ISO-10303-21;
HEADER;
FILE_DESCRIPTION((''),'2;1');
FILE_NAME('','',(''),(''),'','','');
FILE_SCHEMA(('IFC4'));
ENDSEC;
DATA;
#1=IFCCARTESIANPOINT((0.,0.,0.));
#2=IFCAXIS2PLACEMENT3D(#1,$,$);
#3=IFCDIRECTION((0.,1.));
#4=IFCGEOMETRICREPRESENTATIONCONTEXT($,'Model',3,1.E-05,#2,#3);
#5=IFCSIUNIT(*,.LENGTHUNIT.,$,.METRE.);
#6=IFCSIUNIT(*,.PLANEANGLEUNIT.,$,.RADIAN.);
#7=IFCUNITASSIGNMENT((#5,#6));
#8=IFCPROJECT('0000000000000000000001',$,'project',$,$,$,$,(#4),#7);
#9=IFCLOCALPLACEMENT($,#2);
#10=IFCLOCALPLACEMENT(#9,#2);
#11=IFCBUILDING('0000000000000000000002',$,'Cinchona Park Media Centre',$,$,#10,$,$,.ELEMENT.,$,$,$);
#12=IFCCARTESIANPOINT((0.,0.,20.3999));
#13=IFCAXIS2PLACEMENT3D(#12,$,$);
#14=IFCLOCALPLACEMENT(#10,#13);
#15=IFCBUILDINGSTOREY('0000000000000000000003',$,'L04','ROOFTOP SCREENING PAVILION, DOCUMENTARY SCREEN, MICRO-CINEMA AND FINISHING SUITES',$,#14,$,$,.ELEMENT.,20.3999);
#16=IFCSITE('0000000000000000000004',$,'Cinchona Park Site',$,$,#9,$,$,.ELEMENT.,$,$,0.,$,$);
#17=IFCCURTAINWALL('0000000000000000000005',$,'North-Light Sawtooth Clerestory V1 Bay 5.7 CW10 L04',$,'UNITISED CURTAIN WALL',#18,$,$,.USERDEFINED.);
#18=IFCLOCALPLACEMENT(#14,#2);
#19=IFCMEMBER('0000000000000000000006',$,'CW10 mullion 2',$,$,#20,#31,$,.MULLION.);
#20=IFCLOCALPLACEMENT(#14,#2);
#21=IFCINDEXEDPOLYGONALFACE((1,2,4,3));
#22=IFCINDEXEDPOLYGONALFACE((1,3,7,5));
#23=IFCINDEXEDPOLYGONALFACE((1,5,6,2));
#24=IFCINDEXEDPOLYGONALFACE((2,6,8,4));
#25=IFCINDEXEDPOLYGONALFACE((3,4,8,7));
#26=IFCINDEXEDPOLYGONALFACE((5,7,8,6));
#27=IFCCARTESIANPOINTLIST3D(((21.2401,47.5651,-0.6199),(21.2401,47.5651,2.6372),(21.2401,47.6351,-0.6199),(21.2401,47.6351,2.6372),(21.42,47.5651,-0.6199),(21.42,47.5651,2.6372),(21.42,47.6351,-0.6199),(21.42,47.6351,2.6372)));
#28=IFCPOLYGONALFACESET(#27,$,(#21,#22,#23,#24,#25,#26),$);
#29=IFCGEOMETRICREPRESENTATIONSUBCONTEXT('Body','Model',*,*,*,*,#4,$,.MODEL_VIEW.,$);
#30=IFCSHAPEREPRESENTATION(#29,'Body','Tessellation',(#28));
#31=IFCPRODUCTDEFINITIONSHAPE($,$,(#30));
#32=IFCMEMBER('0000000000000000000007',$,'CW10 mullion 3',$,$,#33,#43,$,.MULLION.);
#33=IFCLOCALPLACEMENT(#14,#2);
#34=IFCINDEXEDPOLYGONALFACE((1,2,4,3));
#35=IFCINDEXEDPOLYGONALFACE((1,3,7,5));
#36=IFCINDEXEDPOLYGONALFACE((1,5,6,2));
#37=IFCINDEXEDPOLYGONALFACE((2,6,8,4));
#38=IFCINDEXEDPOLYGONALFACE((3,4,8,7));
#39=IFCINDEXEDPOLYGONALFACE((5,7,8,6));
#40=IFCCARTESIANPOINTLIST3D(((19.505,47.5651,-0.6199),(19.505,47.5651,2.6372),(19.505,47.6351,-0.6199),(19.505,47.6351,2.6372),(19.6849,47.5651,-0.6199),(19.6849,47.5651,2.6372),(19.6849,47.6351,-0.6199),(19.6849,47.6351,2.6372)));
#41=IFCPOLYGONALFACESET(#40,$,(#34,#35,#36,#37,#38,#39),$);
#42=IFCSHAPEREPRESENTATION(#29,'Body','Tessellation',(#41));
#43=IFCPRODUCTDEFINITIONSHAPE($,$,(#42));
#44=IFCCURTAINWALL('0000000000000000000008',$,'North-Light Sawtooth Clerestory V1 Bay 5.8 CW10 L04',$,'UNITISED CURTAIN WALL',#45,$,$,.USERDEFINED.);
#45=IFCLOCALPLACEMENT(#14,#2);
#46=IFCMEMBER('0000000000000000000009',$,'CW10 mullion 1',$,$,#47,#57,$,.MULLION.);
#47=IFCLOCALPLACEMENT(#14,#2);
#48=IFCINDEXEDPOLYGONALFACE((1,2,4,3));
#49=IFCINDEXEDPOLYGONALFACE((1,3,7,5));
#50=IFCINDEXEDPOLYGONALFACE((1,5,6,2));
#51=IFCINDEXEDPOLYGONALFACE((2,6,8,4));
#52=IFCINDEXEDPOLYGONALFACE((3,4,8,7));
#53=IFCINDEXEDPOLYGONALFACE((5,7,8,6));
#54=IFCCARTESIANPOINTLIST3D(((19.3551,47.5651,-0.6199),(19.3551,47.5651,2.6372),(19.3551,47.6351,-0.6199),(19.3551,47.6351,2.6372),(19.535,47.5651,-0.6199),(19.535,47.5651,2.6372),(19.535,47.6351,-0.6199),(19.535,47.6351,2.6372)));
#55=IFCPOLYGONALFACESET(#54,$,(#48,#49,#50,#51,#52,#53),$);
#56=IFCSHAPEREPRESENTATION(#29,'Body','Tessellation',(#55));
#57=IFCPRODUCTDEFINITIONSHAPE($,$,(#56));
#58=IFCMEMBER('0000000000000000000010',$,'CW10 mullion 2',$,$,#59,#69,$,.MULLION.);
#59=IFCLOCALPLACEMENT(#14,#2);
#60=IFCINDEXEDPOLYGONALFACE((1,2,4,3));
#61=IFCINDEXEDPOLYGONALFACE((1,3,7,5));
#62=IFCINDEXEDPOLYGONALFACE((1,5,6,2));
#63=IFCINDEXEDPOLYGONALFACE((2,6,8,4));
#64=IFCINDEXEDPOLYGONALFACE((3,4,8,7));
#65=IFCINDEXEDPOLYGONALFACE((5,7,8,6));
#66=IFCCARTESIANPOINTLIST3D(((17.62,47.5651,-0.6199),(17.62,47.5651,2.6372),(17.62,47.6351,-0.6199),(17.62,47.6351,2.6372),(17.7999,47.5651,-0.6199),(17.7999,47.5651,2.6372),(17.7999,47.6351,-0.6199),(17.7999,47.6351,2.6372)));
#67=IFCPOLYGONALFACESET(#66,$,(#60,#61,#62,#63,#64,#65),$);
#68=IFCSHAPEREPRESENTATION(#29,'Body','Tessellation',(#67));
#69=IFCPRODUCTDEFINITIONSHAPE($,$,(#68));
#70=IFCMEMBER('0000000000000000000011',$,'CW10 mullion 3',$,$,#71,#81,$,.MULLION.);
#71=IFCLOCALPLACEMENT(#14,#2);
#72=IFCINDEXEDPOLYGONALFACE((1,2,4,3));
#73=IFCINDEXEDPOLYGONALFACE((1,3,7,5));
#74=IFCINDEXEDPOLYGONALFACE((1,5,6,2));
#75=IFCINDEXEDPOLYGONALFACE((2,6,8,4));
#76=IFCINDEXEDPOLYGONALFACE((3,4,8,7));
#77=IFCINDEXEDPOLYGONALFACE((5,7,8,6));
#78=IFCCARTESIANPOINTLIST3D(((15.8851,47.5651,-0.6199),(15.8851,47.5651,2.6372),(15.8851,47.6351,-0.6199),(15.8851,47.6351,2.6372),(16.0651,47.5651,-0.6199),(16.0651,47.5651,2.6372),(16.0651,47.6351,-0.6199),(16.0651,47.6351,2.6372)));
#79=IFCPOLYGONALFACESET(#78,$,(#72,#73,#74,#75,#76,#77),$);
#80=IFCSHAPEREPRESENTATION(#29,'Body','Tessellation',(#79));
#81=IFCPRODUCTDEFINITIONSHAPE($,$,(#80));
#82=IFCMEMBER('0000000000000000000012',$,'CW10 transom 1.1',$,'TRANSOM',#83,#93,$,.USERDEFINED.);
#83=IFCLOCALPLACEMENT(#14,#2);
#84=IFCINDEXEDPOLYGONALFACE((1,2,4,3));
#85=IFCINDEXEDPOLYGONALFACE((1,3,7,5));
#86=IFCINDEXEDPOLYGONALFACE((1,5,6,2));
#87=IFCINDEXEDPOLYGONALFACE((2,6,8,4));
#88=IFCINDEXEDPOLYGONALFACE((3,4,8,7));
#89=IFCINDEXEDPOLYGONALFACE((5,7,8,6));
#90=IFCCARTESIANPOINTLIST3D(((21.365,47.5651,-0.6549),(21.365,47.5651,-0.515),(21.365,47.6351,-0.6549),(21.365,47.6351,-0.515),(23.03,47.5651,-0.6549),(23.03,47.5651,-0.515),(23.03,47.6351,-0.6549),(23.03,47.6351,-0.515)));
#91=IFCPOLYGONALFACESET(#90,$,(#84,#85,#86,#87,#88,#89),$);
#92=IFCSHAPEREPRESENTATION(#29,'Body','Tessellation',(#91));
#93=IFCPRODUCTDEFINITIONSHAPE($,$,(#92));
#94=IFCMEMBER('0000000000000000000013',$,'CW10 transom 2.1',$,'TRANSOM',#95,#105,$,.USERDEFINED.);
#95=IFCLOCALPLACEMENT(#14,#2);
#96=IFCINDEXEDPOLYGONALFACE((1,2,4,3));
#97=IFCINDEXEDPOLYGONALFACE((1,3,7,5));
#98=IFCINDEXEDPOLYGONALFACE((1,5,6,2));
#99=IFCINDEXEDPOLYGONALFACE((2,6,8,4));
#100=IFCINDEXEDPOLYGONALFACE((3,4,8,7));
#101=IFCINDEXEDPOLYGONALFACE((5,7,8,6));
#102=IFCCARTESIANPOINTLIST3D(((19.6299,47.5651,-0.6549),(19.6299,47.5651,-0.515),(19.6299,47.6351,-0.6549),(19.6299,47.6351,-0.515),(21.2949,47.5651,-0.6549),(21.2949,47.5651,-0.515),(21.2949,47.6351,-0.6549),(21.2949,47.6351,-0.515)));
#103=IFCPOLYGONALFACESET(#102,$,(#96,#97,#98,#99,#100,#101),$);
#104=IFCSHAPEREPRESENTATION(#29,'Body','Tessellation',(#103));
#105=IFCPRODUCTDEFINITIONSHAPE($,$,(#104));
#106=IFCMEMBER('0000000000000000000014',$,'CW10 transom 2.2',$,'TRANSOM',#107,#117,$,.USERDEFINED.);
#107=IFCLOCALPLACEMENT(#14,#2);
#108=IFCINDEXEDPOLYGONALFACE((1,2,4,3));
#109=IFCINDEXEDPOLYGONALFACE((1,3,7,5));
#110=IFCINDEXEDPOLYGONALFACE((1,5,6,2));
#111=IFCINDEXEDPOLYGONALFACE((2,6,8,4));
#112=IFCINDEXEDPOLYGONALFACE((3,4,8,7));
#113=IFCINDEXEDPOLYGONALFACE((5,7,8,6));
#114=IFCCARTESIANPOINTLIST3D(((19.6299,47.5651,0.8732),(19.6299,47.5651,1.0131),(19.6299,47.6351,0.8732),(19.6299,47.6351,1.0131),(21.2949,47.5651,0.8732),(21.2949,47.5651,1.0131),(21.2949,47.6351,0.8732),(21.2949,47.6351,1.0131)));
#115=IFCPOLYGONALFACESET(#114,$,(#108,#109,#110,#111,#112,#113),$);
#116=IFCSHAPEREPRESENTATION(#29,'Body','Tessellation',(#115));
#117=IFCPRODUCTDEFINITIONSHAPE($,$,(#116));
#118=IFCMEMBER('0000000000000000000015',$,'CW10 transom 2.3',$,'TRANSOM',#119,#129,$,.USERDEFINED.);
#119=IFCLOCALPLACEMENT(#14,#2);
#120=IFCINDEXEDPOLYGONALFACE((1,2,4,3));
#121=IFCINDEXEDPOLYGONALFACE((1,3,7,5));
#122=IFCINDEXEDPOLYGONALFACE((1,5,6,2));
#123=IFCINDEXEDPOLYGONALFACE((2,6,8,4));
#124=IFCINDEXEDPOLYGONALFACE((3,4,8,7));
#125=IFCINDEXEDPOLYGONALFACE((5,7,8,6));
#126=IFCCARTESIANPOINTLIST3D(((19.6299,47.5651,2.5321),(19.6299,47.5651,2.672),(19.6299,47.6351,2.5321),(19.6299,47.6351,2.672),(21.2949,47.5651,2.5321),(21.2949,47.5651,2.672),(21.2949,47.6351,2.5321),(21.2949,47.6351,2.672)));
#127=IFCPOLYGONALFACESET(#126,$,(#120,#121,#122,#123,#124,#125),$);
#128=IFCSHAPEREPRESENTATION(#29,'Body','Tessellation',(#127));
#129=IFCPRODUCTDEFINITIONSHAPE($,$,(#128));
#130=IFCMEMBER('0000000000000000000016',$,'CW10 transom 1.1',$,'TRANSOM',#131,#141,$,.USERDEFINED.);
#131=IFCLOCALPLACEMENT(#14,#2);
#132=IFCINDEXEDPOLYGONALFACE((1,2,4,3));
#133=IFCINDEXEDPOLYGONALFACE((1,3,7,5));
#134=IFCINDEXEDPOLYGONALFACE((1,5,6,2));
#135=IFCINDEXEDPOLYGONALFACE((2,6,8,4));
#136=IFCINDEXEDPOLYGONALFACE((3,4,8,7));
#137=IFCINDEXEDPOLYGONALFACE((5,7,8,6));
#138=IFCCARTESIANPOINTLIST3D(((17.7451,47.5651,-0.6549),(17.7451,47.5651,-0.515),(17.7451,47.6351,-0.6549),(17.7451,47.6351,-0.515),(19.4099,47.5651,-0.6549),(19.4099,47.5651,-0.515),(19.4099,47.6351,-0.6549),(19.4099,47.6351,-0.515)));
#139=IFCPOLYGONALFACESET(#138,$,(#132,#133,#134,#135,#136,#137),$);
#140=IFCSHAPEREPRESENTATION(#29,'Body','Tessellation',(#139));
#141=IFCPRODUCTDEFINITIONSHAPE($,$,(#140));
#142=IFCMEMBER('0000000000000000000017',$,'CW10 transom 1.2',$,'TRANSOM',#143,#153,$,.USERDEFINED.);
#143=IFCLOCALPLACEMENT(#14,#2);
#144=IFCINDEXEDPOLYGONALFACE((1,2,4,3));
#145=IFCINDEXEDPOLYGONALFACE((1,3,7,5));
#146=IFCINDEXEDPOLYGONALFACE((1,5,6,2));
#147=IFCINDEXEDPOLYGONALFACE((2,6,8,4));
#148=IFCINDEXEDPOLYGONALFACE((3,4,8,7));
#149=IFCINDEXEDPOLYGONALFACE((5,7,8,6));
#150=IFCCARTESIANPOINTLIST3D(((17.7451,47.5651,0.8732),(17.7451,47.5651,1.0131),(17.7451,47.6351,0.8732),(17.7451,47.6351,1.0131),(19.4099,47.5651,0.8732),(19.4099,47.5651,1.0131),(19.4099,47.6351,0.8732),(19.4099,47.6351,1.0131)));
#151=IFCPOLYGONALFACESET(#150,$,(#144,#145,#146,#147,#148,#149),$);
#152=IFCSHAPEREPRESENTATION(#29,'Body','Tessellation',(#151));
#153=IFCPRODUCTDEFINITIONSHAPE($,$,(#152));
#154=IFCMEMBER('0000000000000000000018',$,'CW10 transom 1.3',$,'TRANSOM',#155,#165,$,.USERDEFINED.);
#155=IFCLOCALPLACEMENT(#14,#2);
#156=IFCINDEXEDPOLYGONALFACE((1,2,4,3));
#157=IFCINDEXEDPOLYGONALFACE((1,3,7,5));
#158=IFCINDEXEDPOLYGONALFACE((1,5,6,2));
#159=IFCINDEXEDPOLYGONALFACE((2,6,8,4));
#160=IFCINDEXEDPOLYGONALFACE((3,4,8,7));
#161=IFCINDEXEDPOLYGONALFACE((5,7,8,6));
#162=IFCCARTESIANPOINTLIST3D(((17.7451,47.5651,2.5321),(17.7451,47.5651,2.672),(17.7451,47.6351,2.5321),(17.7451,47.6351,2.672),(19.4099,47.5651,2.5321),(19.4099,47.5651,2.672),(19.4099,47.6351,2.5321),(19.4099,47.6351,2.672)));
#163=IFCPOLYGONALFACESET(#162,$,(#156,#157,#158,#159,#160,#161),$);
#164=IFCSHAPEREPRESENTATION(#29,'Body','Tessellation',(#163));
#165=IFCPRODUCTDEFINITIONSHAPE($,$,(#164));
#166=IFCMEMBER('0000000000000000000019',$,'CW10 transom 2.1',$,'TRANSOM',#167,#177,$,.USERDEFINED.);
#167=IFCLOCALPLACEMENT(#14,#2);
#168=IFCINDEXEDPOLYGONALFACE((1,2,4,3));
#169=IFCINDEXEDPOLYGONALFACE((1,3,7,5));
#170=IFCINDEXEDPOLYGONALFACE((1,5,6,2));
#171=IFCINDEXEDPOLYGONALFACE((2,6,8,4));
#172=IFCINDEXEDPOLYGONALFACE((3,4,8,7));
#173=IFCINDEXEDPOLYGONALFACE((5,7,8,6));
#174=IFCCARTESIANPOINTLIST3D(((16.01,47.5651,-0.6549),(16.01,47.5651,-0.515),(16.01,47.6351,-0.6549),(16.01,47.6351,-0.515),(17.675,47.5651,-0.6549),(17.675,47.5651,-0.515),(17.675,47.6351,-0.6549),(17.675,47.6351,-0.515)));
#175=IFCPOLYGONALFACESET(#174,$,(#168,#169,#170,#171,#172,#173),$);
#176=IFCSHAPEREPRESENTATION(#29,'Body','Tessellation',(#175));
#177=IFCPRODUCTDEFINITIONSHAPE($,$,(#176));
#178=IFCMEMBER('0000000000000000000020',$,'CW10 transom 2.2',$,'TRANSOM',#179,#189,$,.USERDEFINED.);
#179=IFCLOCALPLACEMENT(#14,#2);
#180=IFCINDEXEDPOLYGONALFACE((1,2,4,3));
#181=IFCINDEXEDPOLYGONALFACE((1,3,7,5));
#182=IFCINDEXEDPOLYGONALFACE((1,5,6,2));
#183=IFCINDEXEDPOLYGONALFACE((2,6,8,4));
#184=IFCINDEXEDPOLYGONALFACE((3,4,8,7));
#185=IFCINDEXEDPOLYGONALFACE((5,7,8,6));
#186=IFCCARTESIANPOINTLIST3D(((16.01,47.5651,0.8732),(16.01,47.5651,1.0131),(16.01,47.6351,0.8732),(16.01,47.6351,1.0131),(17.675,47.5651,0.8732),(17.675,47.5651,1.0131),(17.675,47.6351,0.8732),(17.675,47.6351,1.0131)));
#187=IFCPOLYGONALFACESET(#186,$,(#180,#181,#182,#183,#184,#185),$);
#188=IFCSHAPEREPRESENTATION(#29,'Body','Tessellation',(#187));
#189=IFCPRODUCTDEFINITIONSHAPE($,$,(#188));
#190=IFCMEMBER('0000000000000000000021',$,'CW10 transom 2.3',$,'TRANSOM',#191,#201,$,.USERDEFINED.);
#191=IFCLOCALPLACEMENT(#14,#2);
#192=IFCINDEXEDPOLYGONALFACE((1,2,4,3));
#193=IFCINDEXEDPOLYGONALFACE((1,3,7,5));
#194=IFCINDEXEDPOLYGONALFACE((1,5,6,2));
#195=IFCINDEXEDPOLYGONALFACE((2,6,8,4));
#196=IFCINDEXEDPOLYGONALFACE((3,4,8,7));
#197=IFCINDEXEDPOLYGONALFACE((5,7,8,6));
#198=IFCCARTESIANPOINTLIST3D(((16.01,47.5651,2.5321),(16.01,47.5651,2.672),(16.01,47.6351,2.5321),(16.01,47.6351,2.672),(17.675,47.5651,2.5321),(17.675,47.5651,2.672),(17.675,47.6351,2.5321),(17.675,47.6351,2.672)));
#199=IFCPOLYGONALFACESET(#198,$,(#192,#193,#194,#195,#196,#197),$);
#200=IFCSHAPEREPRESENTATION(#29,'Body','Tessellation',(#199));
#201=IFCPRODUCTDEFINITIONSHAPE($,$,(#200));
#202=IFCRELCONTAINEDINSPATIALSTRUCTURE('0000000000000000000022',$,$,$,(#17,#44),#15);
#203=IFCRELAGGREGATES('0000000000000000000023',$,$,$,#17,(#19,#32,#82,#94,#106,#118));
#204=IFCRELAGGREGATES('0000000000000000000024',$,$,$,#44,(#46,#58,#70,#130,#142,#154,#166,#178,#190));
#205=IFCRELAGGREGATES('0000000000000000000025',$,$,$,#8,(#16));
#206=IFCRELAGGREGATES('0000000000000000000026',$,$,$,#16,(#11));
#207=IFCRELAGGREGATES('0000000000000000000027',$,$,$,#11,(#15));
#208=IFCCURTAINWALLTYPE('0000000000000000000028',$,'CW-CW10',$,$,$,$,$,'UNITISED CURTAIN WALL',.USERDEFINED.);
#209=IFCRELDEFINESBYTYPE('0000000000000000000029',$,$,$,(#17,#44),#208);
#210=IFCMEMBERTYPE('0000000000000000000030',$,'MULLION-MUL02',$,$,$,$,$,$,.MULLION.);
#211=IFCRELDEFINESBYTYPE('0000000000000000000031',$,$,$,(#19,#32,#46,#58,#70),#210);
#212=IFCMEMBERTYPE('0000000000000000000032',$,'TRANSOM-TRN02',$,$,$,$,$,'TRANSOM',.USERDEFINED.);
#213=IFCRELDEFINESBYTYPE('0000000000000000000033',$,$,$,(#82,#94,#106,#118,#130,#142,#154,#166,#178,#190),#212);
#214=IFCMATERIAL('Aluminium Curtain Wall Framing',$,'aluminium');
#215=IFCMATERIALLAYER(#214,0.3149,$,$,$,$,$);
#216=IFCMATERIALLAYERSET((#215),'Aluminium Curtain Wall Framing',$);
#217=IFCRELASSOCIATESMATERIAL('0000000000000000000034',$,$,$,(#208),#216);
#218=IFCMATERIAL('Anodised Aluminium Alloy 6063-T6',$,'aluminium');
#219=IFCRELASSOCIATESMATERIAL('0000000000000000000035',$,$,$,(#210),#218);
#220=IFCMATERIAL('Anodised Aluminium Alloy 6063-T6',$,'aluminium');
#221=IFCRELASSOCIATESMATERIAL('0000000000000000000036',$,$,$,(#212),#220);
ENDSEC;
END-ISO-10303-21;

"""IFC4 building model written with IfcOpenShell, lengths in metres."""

from ifc_helpers import new_model, si_unit, direction, frame, origin, origin_2d, place, context, subcontext, project, spatial, rectangle, extrude, material, layer, layer_set, material_profile, profile_set, type_object, element, aggregate, save


model = new_model("IFC4")

# Units and contexts
model_context = context("Model", 3, precision=1e-05, world=origin(), true_north=direction((0.0, 1.0)))
body_context = subcontext(model_context, "Body", "Model", "MODEL_VIEW")
ifc_project = project(units=[si_unit("LENGTHUNIT", "METRE"), si_unit("PLANEANGLEUNIT", "RADIAN")], contexts=[model_context])

# Site, building, storey
site_placement = place(None, origin())
site = spatial("IfcSite", under=ifc_project, at=site_placement, Name="Cinchona Park Site", CompositionType="ELEMENT", RefElevation=0.0)
building_placement = place(site_placement, origin())
building = spatial("IfcBuilding", under=site, at=building_placement, Name="Cinchona Park Media Centre", CompositionType="ELEMENT")
storey_placement = place(building_placement, frame((0.0, 0.0, 20.3999)))
storey = spatial("IfcBuildingStorey", under=building, at=storey_placement, Name="L04", Description="ROOFTOP SCREENING PAVILION, DOCUMENTARY SCREEN, MICRO-CINEMA AND FINISHING SUITES", CompositionType="ELEMENT", Elevation=20.3999)

# Curtain walls, members
ifc_material_1 = material(Name="Aluminium Curtain Wall Framing", Category="aluminium")
ifc_layer_1 = layer(ifc_material_1, 0.3149)
ifc_layer_set_1 = layer_set([ifc_layer_1], Name="Aluminium Curtain Wall Framing")
curtain_wall_type = type_object("IfcCurtainWallType", Name="CW-CW10", ElementType="UNITISED CURTAIN WALL", PredefinedType="USERDEFINED", material=ifc_layer_set_1)
curtain_wall_1_placement = place(storey_placement, origin())
curtain_wall_1 = element("IfcCurtainWall", 1, at=curtain_wall_1_placement, inside=storey, type_object=curtain_wall_type, Name="North-Light Sawtooth Clerestory V1 Bay 5.7 CW10 L04", ObjectType="UNITISED CURTAIN WALL", PredefinedType="USERDEFINED")
ifc_material_2 = material(Name="Anodised Aluminium Alloy 6063-T6", Category="aluminium")
ifc_material_profile_1 = material_profile(ifc_material_2, rectangle(XDim=0.0701, YDim=0.1799, at=origin_2d()), Name="MUL-70X180")
ifc_profile_set_1 = profile_set([ifc_material_profile_1], Name="Anodised Aluminium Alloy 6063-T6")
member_type_1 = type_object("IfcMemberType", Name="MULLION-MUL02", PredefinedType="MULLION", material=ifc_profile_set_1)
member_1_placement = place(storey_placement, frame((21.3301, 47.6001, -0.6199), z_axis=(0.0, 0.0, 1.0), x_axis=(0.0, -1.0, 0.0)))
member_1 = element("IfcMember", 2, at=member_1_placement, type_object=member_type_1, Name="CW10 mullion 2", PredefinedType="MULLION", context=body_context, shape_type="SweptSolid", body=[
    extrude(rectangle(XDim=0.0701, YDim=0.1799, at=origin_2d()), origin(), (0.0, 0.0, 1.0), 3.2571),
])
member_2_placement = place(storey_placement, frame((19.595, 47.6001, -0.6199), z_axis=(0.0, 0.0, 1.0), x_axis=(0.0, -1.0, 0.0)))
member_2 = element("IfcMember", 3, at=member_2_placement, type_object=member_type_1, Name="CW10 mullion 3", PredefinedType="MULLION", context=body_context, shape_type="SweptSolid", body=[
    extrude(rectangle(XDim=0.0701, YDim=0.1799, at=origin_2d()), origin(), (0.0, 0.0, 1.0), 3.2571),
])
curtain_wall_2_placement = place(storey_placement, origin())
curtain_wall_2 = element("IfcCurtainWall", 4, at=curtain_wall_2_placement, inside=storey, type_object=curtain_wall_type, Name="North-Light Sawtooth Clerestory V1 Bay 5.8 CW10 L04", ObjectType="UNITISED CURTAIN WALL", PredefinedType="USERDEFINED")
member_3_placement = place(storey_placement, frame((19.4451, 47.6001, -0.6199), z_axis=(0.0, 0.0, 1.0), x_axis=(0.0, -1.0, 0.0)))
member_3 = element("IfcMember", 5, at=member_3_placement, type_object=member_type_1, Name="CW10 mullion 1", PredefinedType="MULLION", context=body_context, shape_type="SweptSolid", body=[
    extrude(rectangle(XDim=0.0701, YDim=0.1799, at=origin_2d()), origin(), (0.0, 0.0, 1.0), 3.2571),
])
member_4_placement = place(storey_placement, frame((17.71, 47.6001, -0.6199), z_axis=(0.0, 0.0, 1.0), x_axis=(0.0, -1.0, 0.0)))
member_4 = element("IfcMember", 6, at=member_4_placement, type_object=member_type_1, Name="CW10 mullion 2", PredefinedType="MULLION", context=body_context, shape_type="SweptSolid", body=[
    extrude(rectangle(XDim=0.0701, YDim=0.1799, at=origin_2d()), origin(), (0.0, 0.0, 1.0), 3.2571),
])
member_5_placement = place(storey_placement, frame((15.9751, 47.6001, -0.6199), z_axis=(0.0, 0.0, 1.0), x_axis=(0.0, -1.0, 0.0)))
member_5 = element("IfcMember", 7, at=member_5_placement, type_object=member_type_1, Name="CW10 mullion 3", PredefinedType="MULLION", context=body_context, shape_type="SweptSolid", body=[
    extrude(rectangle(XDim=0.0701, YDim=0.1799, at=origin_2d()), origin(), (0.0, 0.0, 1.0), 3.2571),
])

# Members
ifc_material_3 = material(Name="Anodised Aluminium Alloy 6063-T6", Category="aluminium")
ifc_material_profile_2 = material_profile(ifc_material_3, rectangle(XDim=0.0701, YDim=0.1399, at=origin_2d()), Name="TRN-70X140")
ifc_profile_set_2 = profile_set([ifc_material_profile_2], Name="Anodised Aluminium Alloy 6063-T6")
member_type_2 = type_object("IfcMemberType", Name="TRANSOM-TRN02", ElementType="TRANSOM", PredefinedType="USERDEFINED", material=ifc_profile_set_2)
member_6_placement = place(storey_placement, frame((23.03, 47.6001, -0.585), z_axis=(-1.0, 0.0, 0.0), x_axis=(0.0, -1.0, 0.0)))
member_6 = element("IfcMember", 8, at=member_6_placement, type_object=member_type_2, Name="CW10 transom 1.1", ObjectType="TRANSOM", PredefinedType="USERDEFINED", context=body_context, shape_type="SweptSolid", body=[
    extrude(rectangle(XDim=0.0701, YDim=0.1399, at=origin_2d()), origin(), (0.0, 0.0, 1.0), 1.665),
])
member_7_placement = place(storey_placement, frame((21.2949, 47.6001, -0.585), z_axis=(-1.0, 0.0, 0.0), x_axis=(0.0, -1.0, 0.0)))
member_7 = element("IfcMember", 9, at=member_7_placement, type_object=member_type_2, Name="CW10 transom 2.1", ObjectType="TRANSOM", PredefinedType="USERDEFINED", context=body_context, shape_type="SweptSolid", body=[
    extrude(rectangle(XDim=0.0701, YDim=0.1399, at=origin_2d()), origin(), (0.0, 0.0, 1.0), 1.665),
])
member_8_placement = place(storey_placement, frame((21.2949, 47.6001, 0.9431), z_axis=(-1.0, 0.0, 0.0), x_axis=(0.0, -1.0, 0.0)))
member_8 = element("IfcMember", 10, at=member_8_placement, type_object=member_type_2, Name="CW10 transom 2.2", ObjectType="TRANSOM", PredefinedType="USERDEFINED", context=body_context, shape_type="SweptSolid", body=[
    extrude(rectangle(XDim=0.0701, YDim=0.1399, at=origin_2d()), origin(), (0.0, 0.0, 1.0), 1.665),
])
member_9_placement = place(storey_placement, frame((21.2949, 47.6001, 2.6021), z_axis=(-1.0, 0.0, 0.0), x_axis=(0.0, -1.0, 0.0)))
member_9 = element("IfcMember", 11, at=member_9_placement, type_object=member_type_2, Name="CW10 transom 2.3", ObjectType="TRANSOM", PredefinedType="USERDEFINED", context=body_context, shape_type="SweptSolid", body=[
    extrude(rectangle(XDim=0.0701, YDim=0.1399, at=origin_2d()), origin(), (0.0, 0.0, 1.0), 1.665),
])
member_10_placement = place(storey_placement, frame((19.4099, 47.6001, -0.585), z_axis=(-1.0, 0.0, 0.0), x_axis=(0.0, -1.0, 0.0)))
member_10 = element("IfcMember", 12, at=member_10_placement, type_object=member_type_2, Name="CW10 transom 1.1", ObjectType="TRANSOM", PredefinedType="USERDEFINED", context=body_context, shape_type="SweptSolid", body=[
    extrude(rectangle(XDim=0.0701, YDim=0.1399, at=origin_2d()), origin(), (0.0, 0.0, 1.0), 1.6648),
])
member_11_placement = place(storey_placement, frame((19.4099, 47.6001, 0.9431), z_axis=(-1.0, 0.0, 0.0), x_axis=(0.0, -1.0, 0.0)))
member_11 = element("IfcMember", 13, at=member_11_placement, type_object=member_type_2, Name="CW10 transom 1.2", ObjectType="TRANSOM", PredefinedType="USERDEFINED", context=body_context, shape_type="SweptSolid", body=[
    extrude(rectangle(XDim=0.0701, YDim=0.1399, at=origin_2d()), origin(), (0.0, 0.0, 1.0), 1.6648),
])
member_12_placement = place(storey_placement, frame((19.4099, 47.6001, 2.6021), z_axis=(-1.0, 0.0, 0.0), x_axis=(0.0, -1.0, 0.0)))
member_12 = element("IfcMember", 14, at=member_12_placement, type_object=member_type_2, Name="CW10 transom 1.3", ObjectType="TRANSOM", PredefinedType="USERDEFINED", context=body_context, shape_type="SweptSolid", body=[
    extrude(rectangle(XDim=0.0701, YDim=0.1399, at=origin_2d()), origin(), (0.0, 0.0, 1.0), 1.6648),
])
member_13_placement = place(storey_placement, frame((17.675, 47.6001, -0.585), z_axis=(-1.0, 0.0, 0.0), x_axis=(0.0, -1.0, 0.0)))
member_13 = element("IfcMember", 15, at=member_13_placement, type_object=member_type_2, Name="CW10 transom 2.1", ObjectType="TRANSOM", PredefinedType="USERDEFINED", context=body_context, shape_type="SweptSolid", body=[
    extrude(rectangle(XDim=0.0701, YDim=0.1399, at=origin_2d()), origin(), (0.0, 0.0, 1.0), 1.665),
])
member_14_placement = place(storey_placement, frame((17.675, 47.6001, 0.9431), z_axis=(-1.0, 0.0, 0.0), x_axis=(0.0, -1.0, 0.0)))
member_14 = element("IfcMember", 16, at=member_14_placement, type_object=member_type_2, Name="CW10 transom 2.2", ObjectType="TRANSOM", PredefinedType="USERDEFINED", context=body_context, shape_type="SweptSolid", body=[
    extrude(rectangle(XDim=0.0701, YDim=0.1399, at=origin_2d()), origin(), (0.0, 0.0, 1.0), 1.665),
])
member_15_placement = place(storey_placement, frame((17.675, 47.6001, 2.6021), z_axis=(-1.0, 0.0, 0.0), x_axis=(0.0, -1.0, 0.0)))
member_15 = element("IfcMember", 17, at=member_15_placement, type_object=member_type_2, Name="CW10 transom 2.3", ObjectType="TRANSOM", PredefinedType="USERDEFINED", context=body_context, shape_type="SweptSolid", body=[
    extrude(rectangle(XDim=0.0701, YDim=0.1399, at=origin_2d()), origin(), (0.0, 0.0, 1.0), 1.665),
])

aggregate(curtain_wall_1, [member_1, member_2, member_6, member_7, member_8, member_9])
aggregate(curtain_wall_2, [member_3, member_4, member_5, member_10, member_11, member_12, member_13, member_14, member_15])

save(model, "model.ifc")
